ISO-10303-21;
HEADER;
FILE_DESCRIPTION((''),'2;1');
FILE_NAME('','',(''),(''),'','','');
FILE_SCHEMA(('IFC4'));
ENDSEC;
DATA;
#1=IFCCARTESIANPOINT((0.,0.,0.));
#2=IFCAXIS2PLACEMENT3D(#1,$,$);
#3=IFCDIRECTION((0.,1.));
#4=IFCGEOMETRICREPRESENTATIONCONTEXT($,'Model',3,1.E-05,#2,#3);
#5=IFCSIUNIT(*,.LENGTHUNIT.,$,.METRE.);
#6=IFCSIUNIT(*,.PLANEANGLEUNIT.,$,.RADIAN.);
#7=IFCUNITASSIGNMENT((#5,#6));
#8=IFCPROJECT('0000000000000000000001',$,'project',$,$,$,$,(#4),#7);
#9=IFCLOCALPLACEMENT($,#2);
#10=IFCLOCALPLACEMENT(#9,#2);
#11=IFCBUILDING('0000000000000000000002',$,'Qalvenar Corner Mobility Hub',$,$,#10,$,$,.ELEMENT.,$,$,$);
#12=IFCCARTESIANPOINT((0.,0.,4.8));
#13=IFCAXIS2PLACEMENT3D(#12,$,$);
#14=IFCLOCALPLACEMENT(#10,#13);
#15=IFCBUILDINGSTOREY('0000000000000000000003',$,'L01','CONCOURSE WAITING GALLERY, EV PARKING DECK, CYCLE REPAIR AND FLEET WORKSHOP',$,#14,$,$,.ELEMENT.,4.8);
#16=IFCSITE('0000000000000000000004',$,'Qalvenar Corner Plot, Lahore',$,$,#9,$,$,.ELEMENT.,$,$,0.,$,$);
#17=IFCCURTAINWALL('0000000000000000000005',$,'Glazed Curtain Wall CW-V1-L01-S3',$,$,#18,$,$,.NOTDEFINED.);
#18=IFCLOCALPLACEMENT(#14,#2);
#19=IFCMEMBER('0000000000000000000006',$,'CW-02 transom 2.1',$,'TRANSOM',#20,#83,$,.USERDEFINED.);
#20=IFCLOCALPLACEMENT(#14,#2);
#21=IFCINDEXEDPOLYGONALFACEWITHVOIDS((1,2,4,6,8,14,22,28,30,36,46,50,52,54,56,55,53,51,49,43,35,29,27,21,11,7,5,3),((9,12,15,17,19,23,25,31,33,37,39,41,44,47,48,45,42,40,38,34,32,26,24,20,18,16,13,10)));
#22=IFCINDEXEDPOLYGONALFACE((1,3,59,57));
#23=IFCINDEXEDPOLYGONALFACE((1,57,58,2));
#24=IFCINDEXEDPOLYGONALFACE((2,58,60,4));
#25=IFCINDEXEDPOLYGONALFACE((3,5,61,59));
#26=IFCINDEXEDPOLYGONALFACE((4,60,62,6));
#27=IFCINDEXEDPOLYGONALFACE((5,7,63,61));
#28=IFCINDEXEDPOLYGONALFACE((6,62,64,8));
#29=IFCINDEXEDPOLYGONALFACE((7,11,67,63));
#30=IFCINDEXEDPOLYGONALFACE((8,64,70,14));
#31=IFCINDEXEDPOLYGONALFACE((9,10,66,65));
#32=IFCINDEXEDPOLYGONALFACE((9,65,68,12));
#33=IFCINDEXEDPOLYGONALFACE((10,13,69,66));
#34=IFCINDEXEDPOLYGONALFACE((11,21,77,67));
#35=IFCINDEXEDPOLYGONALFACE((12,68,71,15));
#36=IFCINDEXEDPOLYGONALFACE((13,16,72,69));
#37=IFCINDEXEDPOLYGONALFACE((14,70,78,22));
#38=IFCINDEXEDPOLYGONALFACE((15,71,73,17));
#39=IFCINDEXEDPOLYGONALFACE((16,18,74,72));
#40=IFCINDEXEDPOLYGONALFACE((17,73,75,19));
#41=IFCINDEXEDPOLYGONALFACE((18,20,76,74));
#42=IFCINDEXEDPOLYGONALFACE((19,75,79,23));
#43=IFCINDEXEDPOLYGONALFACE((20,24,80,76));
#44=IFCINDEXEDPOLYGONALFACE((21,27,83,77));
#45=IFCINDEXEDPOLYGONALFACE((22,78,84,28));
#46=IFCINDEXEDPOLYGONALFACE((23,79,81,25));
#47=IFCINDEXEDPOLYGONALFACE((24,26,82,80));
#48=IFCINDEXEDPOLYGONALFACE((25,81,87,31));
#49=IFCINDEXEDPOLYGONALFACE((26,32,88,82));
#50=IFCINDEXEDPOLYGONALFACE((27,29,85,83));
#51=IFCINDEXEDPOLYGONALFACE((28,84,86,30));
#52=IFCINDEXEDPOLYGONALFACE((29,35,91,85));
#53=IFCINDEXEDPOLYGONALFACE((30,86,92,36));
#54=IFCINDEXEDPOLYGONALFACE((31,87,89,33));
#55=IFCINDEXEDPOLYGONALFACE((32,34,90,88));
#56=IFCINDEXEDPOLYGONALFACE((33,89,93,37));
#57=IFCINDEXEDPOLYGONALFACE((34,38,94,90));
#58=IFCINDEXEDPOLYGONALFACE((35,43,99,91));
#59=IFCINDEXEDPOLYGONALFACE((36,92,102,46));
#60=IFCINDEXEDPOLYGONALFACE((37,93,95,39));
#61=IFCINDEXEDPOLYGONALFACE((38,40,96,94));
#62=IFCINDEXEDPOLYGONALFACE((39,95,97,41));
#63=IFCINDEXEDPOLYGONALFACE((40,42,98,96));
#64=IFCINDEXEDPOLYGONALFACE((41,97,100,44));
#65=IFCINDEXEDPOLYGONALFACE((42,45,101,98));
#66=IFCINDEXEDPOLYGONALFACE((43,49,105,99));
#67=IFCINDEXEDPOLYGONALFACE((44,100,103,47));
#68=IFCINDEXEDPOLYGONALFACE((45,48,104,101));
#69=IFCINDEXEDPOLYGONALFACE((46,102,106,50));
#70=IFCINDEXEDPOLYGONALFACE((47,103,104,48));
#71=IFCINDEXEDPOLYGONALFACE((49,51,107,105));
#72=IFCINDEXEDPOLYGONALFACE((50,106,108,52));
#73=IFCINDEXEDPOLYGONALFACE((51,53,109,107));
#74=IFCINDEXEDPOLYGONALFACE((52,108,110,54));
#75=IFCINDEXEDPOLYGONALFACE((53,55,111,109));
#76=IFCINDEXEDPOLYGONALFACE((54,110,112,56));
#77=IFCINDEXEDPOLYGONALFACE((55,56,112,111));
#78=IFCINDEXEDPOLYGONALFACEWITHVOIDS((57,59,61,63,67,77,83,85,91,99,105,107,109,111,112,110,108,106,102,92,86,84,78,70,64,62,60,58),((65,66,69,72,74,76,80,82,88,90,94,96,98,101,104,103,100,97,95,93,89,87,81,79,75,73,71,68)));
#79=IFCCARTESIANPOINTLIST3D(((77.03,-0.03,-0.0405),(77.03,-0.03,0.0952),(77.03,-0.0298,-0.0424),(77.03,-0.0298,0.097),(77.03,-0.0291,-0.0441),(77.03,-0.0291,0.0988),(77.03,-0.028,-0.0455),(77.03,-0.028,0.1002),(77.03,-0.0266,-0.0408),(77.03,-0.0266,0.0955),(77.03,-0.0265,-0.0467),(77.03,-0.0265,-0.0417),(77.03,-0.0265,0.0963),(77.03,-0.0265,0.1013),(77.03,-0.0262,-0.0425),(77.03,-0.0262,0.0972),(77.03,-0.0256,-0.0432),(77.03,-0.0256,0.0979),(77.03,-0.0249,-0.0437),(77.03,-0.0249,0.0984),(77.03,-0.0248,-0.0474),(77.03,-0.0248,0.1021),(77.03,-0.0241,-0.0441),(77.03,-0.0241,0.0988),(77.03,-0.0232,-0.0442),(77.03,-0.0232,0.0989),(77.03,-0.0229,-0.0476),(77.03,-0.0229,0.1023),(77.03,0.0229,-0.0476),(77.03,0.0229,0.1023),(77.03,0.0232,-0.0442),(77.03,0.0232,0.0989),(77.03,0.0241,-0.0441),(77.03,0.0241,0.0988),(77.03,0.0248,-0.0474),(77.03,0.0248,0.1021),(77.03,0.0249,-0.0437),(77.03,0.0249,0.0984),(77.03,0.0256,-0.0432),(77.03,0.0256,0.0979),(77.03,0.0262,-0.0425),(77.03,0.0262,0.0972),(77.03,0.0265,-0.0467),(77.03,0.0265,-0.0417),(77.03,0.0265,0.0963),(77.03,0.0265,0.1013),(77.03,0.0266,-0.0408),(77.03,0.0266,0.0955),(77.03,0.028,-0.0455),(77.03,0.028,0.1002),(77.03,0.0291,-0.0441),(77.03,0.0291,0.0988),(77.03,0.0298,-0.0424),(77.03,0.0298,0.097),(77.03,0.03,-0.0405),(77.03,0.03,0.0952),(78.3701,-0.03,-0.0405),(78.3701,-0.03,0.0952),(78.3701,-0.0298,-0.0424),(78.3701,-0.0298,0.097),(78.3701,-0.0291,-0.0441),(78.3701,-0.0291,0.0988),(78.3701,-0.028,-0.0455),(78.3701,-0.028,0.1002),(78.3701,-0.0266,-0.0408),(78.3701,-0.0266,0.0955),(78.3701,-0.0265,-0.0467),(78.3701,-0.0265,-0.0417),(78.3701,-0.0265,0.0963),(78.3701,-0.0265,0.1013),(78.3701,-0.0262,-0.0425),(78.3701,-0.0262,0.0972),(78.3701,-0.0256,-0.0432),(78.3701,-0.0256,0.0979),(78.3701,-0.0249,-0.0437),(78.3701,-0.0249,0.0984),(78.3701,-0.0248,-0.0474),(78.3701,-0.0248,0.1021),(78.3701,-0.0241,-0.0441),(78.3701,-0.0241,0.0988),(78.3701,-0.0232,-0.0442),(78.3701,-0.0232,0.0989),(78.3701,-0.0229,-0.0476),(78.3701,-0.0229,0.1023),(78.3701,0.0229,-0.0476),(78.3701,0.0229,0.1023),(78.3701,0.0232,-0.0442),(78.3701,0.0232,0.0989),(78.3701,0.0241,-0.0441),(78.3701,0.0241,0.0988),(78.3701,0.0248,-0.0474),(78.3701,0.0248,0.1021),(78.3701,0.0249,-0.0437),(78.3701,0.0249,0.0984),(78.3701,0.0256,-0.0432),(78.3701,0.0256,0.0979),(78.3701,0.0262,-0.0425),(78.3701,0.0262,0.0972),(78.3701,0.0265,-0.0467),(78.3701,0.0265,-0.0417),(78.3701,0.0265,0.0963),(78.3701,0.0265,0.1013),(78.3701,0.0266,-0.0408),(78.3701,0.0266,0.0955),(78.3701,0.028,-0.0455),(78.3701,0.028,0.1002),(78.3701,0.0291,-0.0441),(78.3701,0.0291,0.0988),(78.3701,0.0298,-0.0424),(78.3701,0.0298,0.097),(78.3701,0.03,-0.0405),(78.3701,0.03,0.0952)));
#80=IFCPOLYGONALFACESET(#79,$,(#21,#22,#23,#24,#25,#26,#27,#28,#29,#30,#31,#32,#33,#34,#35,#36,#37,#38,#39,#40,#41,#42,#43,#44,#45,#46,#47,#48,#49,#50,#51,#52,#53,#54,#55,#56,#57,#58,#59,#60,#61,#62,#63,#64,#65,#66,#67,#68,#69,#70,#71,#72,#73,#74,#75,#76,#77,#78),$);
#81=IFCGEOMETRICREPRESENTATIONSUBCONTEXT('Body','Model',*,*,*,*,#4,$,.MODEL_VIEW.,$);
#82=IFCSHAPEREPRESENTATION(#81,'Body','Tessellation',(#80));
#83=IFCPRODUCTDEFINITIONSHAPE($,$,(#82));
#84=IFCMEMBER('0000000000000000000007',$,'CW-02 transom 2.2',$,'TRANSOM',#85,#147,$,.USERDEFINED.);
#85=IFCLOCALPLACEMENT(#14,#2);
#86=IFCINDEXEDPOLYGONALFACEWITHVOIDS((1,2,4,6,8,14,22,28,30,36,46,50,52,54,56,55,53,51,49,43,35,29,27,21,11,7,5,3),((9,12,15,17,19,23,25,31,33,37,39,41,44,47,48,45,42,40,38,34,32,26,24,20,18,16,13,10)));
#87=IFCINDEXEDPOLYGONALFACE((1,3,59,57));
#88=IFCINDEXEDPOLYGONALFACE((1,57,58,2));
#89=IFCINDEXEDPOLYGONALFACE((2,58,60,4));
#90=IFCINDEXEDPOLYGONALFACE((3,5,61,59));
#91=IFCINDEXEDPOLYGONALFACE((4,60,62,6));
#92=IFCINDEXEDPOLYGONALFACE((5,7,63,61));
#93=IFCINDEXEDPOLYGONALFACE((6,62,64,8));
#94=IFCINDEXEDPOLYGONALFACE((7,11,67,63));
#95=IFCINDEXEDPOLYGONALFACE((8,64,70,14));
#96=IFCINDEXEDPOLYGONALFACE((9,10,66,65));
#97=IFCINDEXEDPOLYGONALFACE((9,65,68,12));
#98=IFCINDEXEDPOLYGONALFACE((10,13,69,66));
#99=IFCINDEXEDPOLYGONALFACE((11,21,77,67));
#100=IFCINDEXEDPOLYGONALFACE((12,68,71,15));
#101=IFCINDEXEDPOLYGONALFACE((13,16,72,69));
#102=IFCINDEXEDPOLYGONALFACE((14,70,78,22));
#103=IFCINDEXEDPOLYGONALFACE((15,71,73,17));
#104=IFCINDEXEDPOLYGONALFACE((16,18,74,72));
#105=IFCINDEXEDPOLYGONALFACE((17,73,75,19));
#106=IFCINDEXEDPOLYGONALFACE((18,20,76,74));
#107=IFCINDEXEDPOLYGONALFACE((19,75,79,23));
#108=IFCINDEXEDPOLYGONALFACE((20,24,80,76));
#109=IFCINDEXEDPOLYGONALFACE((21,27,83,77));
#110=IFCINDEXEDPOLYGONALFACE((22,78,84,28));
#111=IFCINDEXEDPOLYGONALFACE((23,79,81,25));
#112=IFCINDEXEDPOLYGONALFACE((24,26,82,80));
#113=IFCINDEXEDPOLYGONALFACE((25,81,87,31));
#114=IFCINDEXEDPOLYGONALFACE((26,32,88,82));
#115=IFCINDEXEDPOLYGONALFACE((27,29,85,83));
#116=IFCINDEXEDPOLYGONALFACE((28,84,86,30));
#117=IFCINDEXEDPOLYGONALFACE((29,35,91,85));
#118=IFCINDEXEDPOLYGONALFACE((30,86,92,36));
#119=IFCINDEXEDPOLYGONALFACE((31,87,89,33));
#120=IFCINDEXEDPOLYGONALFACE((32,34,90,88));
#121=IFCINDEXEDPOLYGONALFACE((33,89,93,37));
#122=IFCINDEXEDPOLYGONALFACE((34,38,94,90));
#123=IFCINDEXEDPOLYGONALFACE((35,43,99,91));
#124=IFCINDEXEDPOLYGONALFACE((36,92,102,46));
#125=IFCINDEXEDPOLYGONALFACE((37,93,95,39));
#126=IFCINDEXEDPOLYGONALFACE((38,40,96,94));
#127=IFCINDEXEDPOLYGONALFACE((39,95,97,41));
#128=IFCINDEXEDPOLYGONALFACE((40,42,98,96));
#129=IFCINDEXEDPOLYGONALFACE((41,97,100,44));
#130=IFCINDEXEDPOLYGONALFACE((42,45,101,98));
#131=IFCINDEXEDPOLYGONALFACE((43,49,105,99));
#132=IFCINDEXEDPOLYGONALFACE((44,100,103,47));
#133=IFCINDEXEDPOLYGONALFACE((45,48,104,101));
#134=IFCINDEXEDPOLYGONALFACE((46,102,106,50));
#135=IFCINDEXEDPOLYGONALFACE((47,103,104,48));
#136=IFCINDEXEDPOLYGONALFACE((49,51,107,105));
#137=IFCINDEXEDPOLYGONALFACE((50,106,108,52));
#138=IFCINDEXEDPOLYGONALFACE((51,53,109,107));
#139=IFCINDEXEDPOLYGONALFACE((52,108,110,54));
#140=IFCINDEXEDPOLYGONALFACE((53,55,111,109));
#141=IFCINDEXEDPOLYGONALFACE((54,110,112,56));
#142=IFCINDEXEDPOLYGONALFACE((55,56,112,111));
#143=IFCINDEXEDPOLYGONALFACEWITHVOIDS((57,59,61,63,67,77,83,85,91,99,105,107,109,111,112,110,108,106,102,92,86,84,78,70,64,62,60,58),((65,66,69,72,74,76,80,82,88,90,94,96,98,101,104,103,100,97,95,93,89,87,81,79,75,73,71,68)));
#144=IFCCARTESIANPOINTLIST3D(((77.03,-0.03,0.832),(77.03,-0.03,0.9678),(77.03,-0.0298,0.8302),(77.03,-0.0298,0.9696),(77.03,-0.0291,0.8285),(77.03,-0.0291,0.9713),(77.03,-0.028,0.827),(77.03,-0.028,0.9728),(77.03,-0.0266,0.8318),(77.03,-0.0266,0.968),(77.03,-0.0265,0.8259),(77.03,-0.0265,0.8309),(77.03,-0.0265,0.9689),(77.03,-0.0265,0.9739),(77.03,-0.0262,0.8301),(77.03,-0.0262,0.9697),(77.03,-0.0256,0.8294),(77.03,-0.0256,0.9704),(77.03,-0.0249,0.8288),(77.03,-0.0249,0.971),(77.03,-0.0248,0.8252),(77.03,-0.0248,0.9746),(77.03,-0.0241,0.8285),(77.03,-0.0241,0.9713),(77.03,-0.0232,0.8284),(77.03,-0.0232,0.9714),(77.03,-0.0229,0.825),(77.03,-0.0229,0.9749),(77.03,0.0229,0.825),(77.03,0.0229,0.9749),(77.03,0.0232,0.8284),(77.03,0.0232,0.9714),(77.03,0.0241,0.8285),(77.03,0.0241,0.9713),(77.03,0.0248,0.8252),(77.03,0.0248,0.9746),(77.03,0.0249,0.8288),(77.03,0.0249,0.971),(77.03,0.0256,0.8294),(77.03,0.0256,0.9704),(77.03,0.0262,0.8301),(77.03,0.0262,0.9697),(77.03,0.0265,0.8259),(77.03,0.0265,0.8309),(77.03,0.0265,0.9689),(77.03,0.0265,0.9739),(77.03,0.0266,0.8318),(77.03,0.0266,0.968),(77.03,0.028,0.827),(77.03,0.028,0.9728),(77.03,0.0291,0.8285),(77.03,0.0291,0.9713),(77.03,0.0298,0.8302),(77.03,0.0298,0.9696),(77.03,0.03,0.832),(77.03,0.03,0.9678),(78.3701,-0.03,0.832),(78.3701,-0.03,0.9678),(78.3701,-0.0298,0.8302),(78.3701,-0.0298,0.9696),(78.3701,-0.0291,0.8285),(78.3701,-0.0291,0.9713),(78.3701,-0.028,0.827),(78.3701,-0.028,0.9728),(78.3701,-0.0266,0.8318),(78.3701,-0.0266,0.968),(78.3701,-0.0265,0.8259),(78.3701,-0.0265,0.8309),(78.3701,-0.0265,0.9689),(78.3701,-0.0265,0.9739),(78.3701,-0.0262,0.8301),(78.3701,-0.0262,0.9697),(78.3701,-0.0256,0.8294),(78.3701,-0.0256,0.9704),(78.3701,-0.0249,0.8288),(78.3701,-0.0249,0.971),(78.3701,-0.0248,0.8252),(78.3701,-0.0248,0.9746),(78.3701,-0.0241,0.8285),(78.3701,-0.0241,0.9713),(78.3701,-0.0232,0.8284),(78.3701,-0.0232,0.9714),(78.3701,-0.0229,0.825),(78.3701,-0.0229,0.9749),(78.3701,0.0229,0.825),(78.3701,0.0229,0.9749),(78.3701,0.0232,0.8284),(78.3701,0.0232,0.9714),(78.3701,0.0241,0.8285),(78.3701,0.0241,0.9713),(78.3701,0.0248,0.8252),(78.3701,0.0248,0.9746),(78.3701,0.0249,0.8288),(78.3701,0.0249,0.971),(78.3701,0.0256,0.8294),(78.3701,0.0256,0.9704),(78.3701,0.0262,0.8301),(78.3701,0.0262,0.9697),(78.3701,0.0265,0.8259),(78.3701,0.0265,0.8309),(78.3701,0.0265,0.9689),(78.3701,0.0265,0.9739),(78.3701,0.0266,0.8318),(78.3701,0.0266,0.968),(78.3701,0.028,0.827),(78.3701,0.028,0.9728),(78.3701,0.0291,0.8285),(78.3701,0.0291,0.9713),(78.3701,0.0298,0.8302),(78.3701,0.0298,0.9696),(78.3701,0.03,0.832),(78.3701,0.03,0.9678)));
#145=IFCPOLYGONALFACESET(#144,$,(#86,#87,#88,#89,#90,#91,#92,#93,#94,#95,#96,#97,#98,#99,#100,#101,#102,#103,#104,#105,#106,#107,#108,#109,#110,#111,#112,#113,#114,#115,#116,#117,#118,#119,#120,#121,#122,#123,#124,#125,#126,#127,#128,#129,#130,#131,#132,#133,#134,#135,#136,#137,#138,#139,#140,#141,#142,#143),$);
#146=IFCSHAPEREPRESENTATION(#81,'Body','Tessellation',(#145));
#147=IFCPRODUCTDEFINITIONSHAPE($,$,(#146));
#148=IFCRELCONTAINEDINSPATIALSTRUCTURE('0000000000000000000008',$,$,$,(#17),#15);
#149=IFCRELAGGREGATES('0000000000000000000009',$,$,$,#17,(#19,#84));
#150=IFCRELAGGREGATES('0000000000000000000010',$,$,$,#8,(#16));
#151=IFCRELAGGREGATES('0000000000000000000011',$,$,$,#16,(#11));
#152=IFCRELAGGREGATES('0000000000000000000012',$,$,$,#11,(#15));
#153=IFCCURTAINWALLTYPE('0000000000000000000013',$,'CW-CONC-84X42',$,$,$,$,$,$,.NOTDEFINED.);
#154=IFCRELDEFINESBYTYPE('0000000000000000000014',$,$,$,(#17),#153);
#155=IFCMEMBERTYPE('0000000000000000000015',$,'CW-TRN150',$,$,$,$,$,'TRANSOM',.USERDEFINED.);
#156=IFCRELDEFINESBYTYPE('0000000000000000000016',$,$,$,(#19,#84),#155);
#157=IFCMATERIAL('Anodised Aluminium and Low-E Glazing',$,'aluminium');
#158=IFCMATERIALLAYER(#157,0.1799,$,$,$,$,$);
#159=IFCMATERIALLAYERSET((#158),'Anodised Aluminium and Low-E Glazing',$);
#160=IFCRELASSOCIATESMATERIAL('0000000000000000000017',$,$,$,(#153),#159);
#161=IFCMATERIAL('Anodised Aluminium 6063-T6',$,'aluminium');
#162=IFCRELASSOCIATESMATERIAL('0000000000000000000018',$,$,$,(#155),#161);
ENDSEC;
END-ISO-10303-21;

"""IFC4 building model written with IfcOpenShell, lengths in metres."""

from ifc_helpers import new_model, si_unit, direction, frame, origin, origin_2d, place, context, subcontext, project, spatial, hollow_rectangle, extrude, material, layer, layer_set, material_profile, profile_set, type_object, element, aggregate, save


model = new_model("IFC4")

# Units and contexts
model_context = context("Model", 3, precision=1e-05, world=origin(), true_north=direction((0.0, 1.0)))
body_context = subcontext(model_context, "Body", "Model", "MODEL_VIEW")
ifc_project = project(units=[si_unit("LENGTHUNIT", "METRE"), si_unit("PLANEANGLEUNIT", "RADIAN")], contexts=[model_context])

# Site, building, storey
site_placement = place(None, origin())
site = spatial("IfcSite", under=ifc_project, at=site_placement, Name="Qalvenar Corner Plot, Lahore", CompositionType="ELEMENT", RefElevation=0.0)
building_placement = place(site_placement, origin())
building = spatial("IfcBuilding", under=site, at=building_placement, Name="Qalvenar Corner Mobility Hub", CompositionType="ELEMENT")
storey_placement = place(building_placement, frame((0.0, 0.0, 4.8)))
storey = spatial("IfcBuildingStorey", under=building, at=storey_placement, Name="L01", Description="CONCOURSE WAITING GALLERY, EV PARKING DECK, CYCLE REPAIR AND FLEET WORKSHOP", CompositionType="ELEMENT", Elevation=4.8)

# Curtain wall, members
ifc_material_1 = material(Name="Anodised Aluminium and Low-E Glazing", Category="aluminium")
ifc_layer_1 = layer(ifc_material_1, 0.1799)
ifc_layer_set_1 = layer_set([ifc_layer_1], Name="Anodised Aluminium and Low-E Glazing")
curtain_wall_type = type_object("IfcCurtainWallType", Name="CW-CONC-84X42", PredefinedType="NOTDEFINED", material=ifc_layer_set_1)
curtain_wall_placement = place(storey_placement, origin())
curtain_wall = element("IfcCurtainWall", 1, at=curtain_wall_placement, inside=storey, type_object=curtain_wall_type, Name="Glazed Curtain Wall CW-V1-L01-S3", PredefinedType="NOTDEFINED")
ifc_material_2 = material(Name="Anodised Aluminium 6063-T6", Category="aluminium")
ifc_material_profile_1 = material_profile(ifc_material_2, hollow_rectangle(XDim=0.0601, YDim=0.1499, WallThickness=0.0034, InnerFilletRadius=0.0034, OuterFilletRadius=0.0071, at=origin_2d()), Name="RHS150x60x3.5")
ifc_profile_set_1 = profile_set([ifc_material_profile_1], Name="Anodised Aluminium 6063-T6")
member_type_1 = type_object("IfcMemberType", Name="CW-TRN150", ElementType="TRANSOM", PredefinedType="USERDEFINED", material=ifc_profile_set_1)
member_1_placement = place(storey_placement, frame((77.03, 0.0, 0.0273), z_axis=(1.0, 0.0, 0.0), x_axis=(0.0, 1.0, 0.0)))
member_1 = element("IfcMember", 2, at=member_1_placement, type_object=member_type_1, Name="CW-02 transom 2.1", ObjectType="TRANSOM", PredefinedType="USERDEFINED", context=body_context, shape_type="SweptSolid", body=[
    extrude(hollow_rectangle(XDim=0.0601, YDim=0.1499, WallThickness=0.0034, InnerFilletRadius=0.0034, OuterFilletRadius=0.0071, at=origin_2d()), origin(), (0.0, 0.0, 1.0), 1.3401),
])
member_2_placement = place(storey_placement, frame((77.03, 0.0, 0.8999), z_axis=(1.0, 0.0, 0.0), x_axis=(0.0, 1.0, 0.0)))
member_2 = element("IfcMember", 3, at=member_2_placement, type_object=member_type_1, Name="CW-02 transom 2.2", ObjectType="TRANSOM", PredefinedType="USERDEFINED", context=body_context, shape_type="SweptSolid", body=[
    extrude(hollow_rectangle(XDim=0.0601, YDim=0.1499, WallThickness=0.0034, InnerFilletRadius=0.0034, OuterFilletRadius=0.0071, at=origin_2d()), origin(), (0.0, 0.0, 1.0), 1.3401),
])
aggregate(curtain_wall, [member_1, member_2])

save(model, "model.ifc")
